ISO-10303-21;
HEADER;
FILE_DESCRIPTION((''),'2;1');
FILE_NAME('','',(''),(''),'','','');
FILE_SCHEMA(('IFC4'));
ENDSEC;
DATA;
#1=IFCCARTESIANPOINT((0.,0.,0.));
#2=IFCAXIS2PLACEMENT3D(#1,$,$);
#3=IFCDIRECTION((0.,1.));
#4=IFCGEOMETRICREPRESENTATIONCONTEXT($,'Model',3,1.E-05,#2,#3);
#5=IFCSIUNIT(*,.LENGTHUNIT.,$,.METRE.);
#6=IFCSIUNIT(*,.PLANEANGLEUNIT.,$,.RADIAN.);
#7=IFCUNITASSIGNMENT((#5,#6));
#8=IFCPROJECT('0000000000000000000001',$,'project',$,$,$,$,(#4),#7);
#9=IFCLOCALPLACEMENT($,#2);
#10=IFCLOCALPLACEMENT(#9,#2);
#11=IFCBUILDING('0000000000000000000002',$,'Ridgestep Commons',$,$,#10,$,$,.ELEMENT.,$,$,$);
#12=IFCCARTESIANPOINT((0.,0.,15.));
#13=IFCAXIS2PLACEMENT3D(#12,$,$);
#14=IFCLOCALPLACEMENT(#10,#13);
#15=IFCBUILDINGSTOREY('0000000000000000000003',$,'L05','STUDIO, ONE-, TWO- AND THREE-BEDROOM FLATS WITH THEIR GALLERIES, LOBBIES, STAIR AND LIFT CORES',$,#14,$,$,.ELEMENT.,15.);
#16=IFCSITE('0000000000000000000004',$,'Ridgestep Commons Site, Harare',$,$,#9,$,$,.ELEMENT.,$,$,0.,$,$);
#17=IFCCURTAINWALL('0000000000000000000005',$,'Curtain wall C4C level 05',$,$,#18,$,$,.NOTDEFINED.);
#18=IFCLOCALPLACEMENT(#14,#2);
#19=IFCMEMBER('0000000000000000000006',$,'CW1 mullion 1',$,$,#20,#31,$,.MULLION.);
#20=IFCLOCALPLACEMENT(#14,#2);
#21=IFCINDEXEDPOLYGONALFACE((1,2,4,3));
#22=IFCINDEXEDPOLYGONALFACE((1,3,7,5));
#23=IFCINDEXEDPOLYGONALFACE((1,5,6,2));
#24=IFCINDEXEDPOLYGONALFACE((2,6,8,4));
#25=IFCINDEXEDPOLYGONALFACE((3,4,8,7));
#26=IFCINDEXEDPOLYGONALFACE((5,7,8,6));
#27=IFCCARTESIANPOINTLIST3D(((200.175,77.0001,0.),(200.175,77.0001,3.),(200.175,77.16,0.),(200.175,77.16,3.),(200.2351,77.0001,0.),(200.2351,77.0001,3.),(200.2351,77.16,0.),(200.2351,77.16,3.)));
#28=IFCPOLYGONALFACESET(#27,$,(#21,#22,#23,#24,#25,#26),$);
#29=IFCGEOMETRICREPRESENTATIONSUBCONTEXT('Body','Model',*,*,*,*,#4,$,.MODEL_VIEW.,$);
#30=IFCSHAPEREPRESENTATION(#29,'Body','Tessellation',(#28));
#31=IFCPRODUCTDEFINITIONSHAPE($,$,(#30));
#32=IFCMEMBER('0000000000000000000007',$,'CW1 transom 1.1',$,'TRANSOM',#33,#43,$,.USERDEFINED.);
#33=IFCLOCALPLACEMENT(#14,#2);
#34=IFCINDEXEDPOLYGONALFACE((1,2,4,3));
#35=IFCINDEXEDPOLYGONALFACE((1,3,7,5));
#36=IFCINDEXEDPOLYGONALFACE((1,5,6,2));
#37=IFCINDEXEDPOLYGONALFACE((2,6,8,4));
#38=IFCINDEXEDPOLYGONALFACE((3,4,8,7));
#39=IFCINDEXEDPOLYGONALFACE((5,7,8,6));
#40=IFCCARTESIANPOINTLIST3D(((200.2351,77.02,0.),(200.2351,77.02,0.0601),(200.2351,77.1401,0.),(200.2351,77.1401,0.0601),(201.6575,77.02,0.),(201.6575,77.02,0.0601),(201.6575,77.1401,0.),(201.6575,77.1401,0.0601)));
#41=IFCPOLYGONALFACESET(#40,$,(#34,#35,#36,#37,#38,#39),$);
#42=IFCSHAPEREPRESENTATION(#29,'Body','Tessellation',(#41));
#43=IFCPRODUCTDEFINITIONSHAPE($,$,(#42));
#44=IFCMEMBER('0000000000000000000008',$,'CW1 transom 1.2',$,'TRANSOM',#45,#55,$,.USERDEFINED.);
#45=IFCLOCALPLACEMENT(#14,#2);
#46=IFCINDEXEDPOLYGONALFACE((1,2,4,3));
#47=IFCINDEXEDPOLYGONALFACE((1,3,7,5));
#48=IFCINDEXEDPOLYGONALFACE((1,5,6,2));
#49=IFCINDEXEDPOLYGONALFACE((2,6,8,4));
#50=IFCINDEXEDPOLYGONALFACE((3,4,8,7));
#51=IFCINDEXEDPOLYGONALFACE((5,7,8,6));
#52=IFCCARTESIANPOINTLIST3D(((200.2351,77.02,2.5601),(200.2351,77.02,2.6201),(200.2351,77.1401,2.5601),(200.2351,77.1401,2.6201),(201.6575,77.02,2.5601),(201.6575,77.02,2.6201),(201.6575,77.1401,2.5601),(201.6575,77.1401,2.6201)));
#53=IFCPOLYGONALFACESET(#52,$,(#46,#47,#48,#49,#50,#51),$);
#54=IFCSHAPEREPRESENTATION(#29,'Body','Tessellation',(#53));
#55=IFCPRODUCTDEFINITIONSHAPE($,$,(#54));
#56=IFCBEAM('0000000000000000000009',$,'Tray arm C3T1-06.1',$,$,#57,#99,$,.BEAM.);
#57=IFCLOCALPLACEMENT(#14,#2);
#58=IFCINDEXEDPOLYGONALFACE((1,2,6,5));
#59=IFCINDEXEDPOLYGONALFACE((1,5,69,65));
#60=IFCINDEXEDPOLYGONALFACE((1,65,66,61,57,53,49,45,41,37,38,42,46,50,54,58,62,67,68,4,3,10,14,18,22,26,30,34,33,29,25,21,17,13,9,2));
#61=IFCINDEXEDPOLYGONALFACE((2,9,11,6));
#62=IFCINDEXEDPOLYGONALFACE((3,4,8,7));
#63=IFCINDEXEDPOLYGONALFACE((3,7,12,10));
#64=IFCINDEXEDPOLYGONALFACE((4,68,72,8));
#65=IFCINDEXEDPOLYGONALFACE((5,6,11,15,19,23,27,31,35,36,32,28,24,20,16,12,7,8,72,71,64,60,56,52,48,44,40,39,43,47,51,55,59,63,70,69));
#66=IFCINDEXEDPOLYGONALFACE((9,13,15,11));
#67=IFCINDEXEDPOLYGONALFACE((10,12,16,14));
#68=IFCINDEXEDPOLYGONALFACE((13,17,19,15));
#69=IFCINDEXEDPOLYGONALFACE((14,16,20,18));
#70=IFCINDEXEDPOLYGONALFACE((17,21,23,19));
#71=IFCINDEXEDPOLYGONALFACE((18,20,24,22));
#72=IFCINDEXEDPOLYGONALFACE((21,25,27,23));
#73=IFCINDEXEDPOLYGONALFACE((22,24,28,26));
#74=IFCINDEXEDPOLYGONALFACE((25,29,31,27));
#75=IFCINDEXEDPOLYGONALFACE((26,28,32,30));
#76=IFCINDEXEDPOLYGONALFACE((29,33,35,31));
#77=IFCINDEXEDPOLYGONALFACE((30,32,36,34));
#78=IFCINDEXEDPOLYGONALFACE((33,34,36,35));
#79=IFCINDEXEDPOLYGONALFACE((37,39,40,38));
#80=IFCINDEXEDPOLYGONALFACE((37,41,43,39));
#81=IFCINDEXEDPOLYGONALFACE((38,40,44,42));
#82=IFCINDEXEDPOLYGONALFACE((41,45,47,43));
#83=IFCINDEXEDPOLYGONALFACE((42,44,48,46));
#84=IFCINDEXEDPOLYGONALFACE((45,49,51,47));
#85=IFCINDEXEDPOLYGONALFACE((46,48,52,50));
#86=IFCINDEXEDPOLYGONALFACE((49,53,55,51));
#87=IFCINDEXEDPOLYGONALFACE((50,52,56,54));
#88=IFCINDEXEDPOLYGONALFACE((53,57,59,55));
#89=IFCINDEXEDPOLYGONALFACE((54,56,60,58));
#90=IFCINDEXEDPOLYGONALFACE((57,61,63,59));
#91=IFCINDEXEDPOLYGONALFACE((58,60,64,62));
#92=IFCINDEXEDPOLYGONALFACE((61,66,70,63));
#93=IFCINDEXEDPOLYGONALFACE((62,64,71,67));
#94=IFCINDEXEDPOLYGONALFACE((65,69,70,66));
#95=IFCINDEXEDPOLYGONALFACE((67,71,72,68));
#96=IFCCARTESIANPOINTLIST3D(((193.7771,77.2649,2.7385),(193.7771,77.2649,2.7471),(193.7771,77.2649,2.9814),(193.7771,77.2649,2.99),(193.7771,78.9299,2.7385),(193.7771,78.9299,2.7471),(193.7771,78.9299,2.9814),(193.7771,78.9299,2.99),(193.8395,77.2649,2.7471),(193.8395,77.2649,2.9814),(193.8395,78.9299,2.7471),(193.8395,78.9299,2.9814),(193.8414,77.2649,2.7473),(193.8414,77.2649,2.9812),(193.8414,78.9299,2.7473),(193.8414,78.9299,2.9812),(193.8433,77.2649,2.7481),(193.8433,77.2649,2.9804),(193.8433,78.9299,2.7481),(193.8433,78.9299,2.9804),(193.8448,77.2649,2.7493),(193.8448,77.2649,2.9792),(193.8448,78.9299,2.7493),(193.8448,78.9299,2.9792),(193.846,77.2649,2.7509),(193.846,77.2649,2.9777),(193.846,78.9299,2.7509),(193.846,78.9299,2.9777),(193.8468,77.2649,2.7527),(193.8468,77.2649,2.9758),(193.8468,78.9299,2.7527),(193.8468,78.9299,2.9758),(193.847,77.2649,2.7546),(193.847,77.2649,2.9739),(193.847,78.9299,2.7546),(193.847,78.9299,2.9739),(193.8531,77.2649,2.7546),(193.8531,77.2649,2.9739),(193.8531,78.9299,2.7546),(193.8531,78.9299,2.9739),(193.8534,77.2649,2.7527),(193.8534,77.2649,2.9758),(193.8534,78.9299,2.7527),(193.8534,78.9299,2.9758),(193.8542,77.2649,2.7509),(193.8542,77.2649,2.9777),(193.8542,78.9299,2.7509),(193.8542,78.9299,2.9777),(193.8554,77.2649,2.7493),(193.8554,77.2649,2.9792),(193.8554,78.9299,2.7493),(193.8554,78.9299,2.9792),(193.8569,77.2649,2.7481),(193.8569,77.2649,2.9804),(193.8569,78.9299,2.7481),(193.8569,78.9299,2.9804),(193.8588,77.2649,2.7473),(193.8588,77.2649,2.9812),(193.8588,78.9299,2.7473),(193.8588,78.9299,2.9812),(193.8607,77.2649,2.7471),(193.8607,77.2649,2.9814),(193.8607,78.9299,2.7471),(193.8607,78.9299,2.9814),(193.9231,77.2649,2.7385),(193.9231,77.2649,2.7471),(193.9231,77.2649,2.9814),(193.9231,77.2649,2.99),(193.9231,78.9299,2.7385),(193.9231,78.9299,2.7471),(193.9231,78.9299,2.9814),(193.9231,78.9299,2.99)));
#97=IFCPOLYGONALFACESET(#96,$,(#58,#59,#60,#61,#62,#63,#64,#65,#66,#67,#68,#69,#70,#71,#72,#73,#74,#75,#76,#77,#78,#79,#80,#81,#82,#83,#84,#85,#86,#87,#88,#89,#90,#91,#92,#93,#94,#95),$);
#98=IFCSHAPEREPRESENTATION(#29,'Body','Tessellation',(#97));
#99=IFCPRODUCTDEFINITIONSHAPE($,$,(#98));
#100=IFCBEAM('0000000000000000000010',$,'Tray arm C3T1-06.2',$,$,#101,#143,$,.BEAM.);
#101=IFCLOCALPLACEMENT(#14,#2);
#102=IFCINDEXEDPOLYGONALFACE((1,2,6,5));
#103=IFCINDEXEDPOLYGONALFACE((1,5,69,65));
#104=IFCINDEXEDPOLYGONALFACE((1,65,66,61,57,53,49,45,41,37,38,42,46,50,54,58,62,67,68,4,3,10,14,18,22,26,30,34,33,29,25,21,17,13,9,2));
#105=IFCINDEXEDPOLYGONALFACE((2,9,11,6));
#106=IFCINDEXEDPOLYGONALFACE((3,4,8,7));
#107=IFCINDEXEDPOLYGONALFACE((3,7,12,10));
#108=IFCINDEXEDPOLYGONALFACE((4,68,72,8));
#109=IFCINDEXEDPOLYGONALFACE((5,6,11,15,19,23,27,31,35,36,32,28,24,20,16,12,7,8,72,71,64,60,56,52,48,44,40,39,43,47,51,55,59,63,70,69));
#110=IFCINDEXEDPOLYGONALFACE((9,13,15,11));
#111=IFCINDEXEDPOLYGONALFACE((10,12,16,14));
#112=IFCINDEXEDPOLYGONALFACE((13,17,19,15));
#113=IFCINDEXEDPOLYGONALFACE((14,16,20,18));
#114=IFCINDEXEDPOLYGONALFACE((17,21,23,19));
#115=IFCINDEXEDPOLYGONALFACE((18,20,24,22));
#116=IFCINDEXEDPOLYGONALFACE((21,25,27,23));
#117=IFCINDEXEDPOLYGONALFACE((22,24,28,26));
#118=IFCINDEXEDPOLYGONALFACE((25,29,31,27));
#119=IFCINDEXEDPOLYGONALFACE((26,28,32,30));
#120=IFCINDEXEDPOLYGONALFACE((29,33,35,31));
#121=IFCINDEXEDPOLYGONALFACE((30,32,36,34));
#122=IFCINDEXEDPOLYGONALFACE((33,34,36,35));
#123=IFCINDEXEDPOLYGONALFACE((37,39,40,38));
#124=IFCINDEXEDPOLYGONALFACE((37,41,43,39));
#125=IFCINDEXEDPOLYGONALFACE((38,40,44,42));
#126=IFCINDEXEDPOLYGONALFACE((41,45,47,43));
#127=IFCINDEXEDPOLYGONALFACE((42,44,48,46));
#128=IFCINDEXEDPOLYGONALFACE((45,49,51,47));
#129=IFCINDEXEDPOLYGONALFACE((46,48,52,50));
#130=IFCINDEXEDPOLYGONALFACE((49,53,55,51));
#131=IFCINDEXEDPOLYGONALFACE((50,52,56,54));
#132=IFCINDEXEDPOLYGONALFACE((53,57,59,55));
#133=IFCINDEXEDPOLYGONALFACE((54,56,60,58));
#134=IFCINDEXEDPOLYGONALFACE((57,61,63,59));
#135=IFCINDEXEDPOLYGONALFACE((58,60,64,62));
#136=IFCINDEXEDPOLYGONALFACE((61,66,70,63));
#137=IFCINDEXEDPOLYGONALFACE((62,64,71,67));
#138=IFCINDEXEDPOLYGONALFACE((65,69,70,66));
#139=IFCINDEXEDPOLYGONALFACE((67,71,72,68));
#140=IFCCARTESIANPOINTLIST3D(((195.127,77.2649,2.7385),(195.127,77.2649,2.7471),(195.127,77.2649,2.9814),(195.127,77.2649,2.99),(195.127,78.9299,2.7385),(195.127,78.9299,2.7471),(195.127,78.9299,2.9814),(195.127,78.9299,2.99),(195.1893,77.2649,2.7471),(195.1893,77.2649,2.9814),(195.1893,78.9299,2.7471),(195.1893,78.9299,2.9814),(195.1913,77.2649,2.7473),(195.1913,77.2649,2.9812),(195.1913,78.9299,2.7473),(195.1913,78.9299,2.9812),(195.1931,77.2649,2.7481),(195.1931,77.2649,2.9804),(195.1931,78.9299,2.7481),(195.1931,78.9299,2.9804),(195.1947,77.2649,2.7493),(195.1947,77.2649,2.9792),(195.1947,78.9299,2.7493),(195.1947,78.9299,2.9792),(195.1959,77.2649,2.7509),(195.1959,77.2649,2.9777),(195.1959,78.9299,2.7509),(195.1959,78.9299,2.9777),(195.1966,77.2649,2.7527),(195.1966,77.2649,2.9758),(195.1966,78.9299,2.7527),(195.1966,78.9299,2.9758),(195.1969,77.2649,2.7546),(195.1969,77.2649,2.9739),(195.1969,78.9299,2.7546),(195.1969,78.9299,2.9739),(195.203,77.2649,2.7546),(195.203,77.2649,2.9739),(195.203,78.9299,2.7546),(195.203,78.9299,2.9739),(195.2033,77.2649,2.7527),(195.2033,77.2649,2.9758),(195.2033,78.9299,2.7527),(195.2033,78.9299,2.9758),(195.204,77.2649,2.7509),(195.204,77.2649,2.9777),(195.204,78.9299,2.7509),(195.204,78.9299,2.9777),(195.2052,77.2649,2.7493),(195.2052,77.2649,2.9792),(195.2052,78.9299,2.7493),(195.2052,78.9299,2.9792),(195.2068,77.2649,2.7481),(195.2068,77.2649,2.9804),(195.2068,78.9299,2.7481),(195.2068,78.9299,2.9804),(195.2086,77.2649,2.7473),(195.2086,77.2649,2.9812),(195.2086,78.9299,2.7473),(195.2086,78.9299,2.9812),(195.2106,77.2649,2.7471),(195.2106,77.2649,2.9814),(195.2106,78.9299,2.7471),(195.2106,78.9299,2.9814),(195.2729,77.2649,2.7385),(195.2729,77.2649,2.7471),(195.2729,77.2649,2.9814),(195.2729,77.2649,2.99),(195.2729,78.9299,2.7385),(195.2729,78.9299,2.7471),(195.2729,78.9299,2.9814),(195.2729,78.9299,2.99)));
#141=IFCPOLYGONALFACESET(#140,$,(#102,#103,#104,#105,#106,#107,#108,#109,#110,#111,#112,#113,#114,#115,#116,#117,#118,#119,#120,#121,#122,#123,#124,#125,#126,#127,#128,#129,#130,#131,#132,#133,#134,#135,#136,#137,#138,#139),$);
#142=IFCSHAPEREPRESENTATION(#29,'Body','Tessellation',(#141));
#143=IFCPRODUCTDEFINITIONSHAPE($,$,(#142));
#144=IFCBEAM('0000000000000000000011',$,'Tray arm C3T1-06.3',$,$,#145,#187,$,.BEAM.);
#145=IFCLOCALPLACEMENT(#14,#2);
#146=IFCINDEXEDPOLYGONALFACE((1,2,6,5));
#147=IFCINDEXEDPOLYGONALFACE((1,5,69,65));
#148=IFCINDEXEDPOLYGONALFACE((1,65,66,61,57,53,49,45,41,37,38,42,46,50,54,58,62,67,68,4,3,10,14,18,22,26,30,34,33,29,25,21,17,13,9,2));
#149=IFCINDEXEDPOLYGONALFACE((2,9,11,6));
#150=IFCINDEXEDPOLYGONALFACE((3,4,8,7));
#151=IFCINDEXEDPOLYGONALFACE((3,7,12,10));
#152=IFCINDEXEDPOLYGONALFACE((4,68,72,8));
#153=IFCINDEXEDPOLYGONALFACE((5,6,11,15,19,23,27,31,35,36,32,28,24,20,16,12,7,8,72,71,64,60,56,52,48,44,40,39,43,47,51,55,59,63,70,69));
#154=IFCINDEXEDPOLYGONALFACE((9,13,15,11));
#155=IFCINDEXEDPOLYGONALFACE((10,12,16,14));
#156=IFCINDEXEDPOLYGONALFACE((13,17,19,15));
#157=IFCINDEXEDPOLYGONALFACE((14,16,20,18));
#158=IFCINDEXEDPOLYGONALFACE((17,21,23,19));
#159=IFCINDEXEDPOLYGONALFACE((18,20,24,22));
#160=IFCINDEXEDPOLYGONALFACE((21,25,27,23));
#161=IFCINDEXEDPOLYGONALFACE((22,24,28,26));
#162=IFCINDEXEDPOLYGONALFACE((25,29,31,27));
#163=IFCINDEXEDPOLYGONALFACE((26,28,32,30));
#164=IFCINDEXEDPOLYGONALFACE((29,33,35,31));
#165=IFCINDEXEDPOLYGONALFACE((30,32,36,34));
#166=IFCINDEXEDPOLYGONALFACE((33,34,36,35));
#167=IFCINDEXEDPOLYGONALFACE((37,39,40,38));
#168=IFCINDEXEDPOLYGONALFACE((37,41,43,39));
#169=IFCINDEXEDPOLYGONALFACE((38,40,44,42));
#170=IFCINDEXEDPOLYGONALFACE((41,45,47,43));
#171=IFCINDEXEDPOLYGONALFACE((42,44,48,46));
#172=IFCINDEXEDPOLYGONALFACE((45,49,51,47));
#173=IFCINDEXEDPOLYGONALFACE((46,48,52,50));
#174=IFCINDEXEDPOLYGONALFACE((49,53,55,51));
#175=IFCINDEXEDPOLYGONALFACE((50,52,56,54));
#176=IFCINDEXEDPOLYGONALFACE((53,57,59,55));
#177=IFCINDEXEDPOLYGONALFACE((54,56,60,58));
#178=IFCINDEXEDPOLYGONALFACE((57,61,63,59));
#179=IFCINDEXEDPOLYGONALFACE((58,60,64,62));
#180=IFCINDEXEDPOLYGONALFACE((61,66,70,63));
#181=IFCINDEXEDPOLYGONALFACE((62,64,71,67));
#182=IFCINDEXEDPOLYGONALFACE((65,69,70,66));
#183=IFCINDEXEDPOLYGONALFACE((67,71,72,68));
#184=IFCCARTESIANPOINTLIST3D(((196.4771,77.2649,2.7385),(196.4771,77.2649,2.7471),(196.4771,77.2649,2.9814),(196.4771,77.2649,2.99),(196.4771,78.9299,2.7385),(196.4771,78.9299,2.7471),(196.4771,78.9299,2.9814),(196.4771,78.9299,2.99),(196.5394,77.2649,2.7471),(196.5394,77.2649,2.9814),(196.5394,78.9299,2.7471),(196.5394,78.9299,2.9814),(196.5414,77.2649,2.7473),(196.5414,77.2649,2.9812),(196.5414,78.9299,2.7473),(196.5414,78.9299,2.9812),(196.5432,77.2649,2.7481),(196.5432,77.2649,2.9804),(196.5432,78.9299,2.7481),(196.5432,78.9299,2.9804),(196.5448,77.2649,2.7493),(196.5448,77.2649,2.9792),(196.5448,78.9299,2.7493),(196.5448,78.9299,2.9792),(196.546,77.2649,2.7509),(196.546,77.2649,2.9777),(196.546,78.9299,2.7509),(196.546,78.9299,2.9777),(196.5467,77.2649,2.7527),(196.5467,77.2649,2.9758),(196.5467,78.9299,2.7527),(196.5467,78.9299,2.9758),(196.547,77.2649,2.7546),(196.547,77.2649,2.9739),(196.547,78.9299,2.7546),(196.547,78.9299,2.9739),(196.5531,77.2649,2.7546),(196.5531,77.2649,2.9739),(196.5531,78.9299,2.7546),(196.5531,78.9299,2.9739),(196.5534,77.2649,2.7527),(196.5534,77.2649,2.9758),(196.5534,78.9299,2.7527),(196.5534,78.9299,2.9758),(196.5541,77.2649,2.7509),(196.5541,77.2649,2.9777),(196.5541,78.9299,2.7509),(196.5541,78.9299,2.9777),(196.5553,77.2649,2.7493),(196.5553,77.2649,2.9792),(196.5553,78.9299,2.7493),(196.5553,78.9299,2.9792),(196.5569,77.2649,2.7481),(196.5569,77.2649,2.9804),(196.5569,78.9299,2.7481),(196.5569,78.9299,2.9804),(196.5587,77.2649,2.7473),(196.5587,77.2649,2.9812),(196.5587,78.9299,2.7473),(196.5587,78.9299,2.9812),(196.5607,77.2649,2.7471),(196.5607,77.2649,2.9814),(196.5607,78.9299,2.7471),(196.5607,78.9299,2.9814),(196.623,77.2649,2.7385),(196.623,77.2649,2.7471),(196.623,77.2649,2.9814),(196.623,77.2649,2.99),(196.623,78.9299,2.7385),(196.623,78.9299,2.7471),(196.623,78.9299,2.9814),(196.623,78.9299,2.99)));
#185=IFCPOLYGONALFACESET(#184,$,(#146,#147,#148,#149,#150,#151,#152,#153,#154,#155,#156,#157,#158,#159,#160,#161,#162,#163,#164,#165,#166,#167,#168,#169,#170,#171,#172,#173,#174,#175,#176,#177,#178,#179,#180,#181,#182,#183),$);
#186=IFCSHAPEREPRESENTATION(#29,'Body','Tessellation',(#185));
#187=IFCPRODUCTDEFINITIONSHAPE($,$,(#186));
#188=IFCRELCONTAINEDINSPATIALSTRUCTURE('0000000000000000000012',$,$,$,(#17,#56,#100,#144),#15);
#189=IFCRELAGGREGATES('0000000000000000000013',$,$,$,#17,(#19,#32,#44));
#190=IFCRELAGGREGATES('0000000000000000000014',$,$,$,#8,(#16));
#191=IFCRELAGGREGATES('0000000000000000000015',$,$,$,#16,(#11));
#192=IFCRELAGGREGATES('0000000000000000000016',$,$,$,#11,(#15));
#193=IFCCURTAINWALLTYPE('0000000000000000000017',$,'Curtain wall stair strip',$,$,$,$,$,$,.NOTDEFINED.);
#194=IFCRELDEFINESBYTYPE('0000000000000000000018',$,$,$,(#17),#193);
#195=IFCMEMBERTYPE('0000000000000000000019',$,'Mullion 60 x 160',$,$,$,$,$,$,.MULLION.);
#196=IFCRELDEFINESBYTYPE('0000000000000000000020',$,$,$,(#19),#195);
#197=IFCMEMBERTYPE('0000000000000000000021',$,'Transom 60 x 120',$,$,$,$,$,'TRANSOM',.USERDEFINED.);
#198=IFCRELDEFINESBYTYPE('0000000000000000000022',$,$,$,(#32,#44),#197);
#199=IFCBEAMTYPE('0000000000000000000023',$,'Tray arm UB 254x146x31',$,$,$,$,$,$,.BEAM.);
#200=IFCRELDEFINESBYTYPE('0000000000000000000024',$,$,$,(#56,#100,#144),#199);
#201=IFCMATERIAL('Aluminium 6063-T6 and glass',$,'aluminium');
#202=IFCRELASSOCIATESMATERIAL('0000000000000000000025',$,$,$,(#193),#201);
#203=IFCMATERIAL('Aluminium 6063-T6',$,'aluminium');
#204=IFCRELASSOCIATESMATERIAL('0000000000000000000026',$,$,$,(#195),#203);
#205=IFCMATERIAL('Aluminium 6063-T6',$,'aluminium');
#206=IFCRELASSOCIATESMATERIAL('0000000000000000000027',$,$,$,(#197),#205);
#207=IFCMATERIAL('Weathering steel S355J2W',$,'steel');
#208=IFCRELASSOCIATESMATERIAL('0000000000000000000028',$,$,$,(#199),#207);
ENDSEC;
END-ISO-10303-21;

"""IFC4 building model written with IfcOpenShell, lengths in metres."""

from ifc_helpers import new_model, si_unit, direction, frame, origin, origin_2d, place, context, subcontext, project, spatial, rectangle, i_section, extrude, material, material_profile, profile_set, type_object, element, aggregate, save


model = new_model("IFC4")

# Units and contexts
model_context = context("Model", 3, precision=1e-05, world=origin(), true_north=direction((0.0, 1.0)))
body_context = subcontext(model_context, "Body", "Model", "MODEL_VIEW")
ifc_project = project(units=[si_unit("LENGTHUNIT", "METRE"), si_unit("PLANEANGLEUNIT", "RADIAN")], contexts=[model_context])

# Site, building, storey
site_placement = place(None, origin())
site = spatial("IfcSite", under=ifc_project, at=site_placement, Name="Ridgestep Commons Site, Harare", CompositionType="ELEMENT", RefElevation=0.0)
building_placement = place(site_placement, origin())
building = spatial("IfcBuilding", under=site, at=building_placement, Name="Ridgestep Commons", CompositionType="ELEMENT")
storey_placement = place(building_placement, frame((0.0, 0.0, 15.0)))
storey = spatial("IfcBuildingStorey", under=building, at=storey_placement, Name="L05", Description="STUDIO, ONE-, TWO- AND THREE-BEDROOM FLATS WITH THEIR GALLERIES, LOBBIES, STAIR AND LIFT CORES", CompositionType="ELEMENT", Elevation=15.0)

# Curtain wall, members
ifc_material_1 = material(Name="Aluminium 6063-T6 and glass", Category="aluminium")
curtain_wall_type = type_object("IfcCurtainWallType", Name="Curtain wall stair strip", PredefinedType="NOTDEFINED", material=ifc_material_1)
curtain_wall_placement = place(storey_placement, origin())
curtain_wall = element("IfcCurtainWall", 1, at=curtain_wall_placement, inside=storey, type_object=curtain_wall_type, Name="Curtain wall C4C level 05", PredefinedType="NOTDEFINED")
ifc_material_2 = material(Name="Aluminium 6063-T6", Category="aluminium")
ifc_material_profile_1 = material_profile(ifc_material_2, rectangle(XDim=0.1599, YDim=0.0601, at=origin_2d()), Name="Mullion 60 x 160")
ifc_profile_set_1 = profile_set([ifc_material_profile_1], Name="Aluminium 6063-T6")
member_type_1 = type_object("IfcMemberType", Name="Mullion 60 x 160", PredefinedType="MULLION", material=ifc_profile_set_1)
member_1_placement = place(storey_placement, frame((200.2051, 77.0801, 0.0), z_axis=(0.0, 0.0, 1.0), x_axis=(0.0, 1.0, 0.0)))
member_1 = element("IfcMember", 2, at=member_1_placement, type_object=member_type_1, Name="CW1 mullion 1", PredefinedType="MULLION", context=body_context, shape_type="SweptSolid", body=[
    extrude(rectangle(XDim=0.1599, YDim=0.0601, at=origin_2d()), origin(), (0.0, 0.0, 1.0), 3.0),
])
ifc_material_3 = material(Name="Aluminium 6063-T6", Category="aluminium")
ifc_material_profile_2 = material_profile(ifc_material_3, rectangle(XDim=0.1201, YDim=0.0601, at=origin_2d()), Name="Transom 60 x 120")
ifc_profile_set_2 = profile_set([ifc_material_profile_2], Name="Aluminium 6063-T6")
member_type_2 = type_object("IfcMemberType", Name="Transom 60 x 120", ElementType="TRANSOM", PredefinedType="USERDEFINED", material=ifc_profile_set_2)
member_2_placement = place(storey_placement, frame((200.2351, 77.0801, 0.03), z_axis=(1.0, 0.0, 0.0), x_axis=(0.0, 1.0, 0.0)))
member_2 = element("IfcMember", 3, at=member_2_placement, type_object=member_type_2, Name="CW1 transom 1.1", ObjectType="TRANSOM", PredefinedType="USERDEFINED", context=body_context, shape_type="SweptSolid", body=[
    extrude(rectangle(XDim=0.1201, YDim=0.0601, at=origin_2d()), origin(), (0.0, 0.0, 1.0), 1.4224),
])
member_3_placement = place(storey_placement, frame((200.2351, 77.0801, 2.5901), z_axis=(1.0, 0.0, 0.0), x_axis=(0.0, 1.0, 0.0)))
member_3 = element("IfcMember", 4, at=member_3_placement, type_object=member_type_2, Name="CW1 transom 1.2", ObjectType="TRANSOM", PredefinedType="USERDEFINED", context=body_context, shape_type="SweptSolid", body=[
    extrude(rectangle(XDim=0.1201, YDim=0.0601, at=origin_2d()), origin(), (0.0, 0.0, 1.0), 1.4224),
])
aggregate(curtain_wall, [member_1, member_2, member_3])

# Beams
ifc_material_4 = material(Name="Weathering steel S355J2W", Category="steel")
ifc_material_profile_3 = material_profile(ifc_material_4, i_section(OverallWidth=0.146, OverallDepth=0.2515, WebThickness=0.0061, FlangeThickness=0.0085, FilletRadius=0.0076, at=origin_2d()), Name="UB 254x146x31")
ifc_profile_set_3 = profile_set([ifc_material_profile_3], Name="Weathering steel S355J2W")
beam_type_1 = type_object("IfcBeamType", Name="Tray arm UB 254x146x31", PredefinedType="BEAM", material=ifc_profile_set_3)
for number, where, z_axis, x_axis, name in (
    (5, (193.8501, 77.2649, 2.8643), (0.0, 1.0, 0.0), (-1.0, 0.0, 0.0), "Tray arm C3T1-06.1"),
    (6, (195.2, 77.2649, 2.8643), (0.0, 1.0, 0.0), (-1.0, 0.0, 0.0), "Tray arm C3T1-06.2"),
    (7, (196.55, 77.2649, 2.8643), (0.0, 1.0, 0.0), (-1.0, 0.0, 0.0), "Tray arm C3T1-06.3"),
):
    element("IfcBeam", number, at=place(storey_placement, frame(where, z_axis=z_axis, x_axis=x_axis)), inside=storey, type_object=beam_type_1, Name=name, PredefinedType="BEAM", context=body_context, shape_type="SweptSolid", body=[
        extrude(i_section(OverallWidth=0.146, OverallDepth=0.2515, WebThickness=0.0061, FlangeThickness=0.0085, FilletRadius=0.0076, at=origin_2d()), origin(), (0.0, 0.0, 1.0), 1.665),
    ])

save(model, "model.ifc")
